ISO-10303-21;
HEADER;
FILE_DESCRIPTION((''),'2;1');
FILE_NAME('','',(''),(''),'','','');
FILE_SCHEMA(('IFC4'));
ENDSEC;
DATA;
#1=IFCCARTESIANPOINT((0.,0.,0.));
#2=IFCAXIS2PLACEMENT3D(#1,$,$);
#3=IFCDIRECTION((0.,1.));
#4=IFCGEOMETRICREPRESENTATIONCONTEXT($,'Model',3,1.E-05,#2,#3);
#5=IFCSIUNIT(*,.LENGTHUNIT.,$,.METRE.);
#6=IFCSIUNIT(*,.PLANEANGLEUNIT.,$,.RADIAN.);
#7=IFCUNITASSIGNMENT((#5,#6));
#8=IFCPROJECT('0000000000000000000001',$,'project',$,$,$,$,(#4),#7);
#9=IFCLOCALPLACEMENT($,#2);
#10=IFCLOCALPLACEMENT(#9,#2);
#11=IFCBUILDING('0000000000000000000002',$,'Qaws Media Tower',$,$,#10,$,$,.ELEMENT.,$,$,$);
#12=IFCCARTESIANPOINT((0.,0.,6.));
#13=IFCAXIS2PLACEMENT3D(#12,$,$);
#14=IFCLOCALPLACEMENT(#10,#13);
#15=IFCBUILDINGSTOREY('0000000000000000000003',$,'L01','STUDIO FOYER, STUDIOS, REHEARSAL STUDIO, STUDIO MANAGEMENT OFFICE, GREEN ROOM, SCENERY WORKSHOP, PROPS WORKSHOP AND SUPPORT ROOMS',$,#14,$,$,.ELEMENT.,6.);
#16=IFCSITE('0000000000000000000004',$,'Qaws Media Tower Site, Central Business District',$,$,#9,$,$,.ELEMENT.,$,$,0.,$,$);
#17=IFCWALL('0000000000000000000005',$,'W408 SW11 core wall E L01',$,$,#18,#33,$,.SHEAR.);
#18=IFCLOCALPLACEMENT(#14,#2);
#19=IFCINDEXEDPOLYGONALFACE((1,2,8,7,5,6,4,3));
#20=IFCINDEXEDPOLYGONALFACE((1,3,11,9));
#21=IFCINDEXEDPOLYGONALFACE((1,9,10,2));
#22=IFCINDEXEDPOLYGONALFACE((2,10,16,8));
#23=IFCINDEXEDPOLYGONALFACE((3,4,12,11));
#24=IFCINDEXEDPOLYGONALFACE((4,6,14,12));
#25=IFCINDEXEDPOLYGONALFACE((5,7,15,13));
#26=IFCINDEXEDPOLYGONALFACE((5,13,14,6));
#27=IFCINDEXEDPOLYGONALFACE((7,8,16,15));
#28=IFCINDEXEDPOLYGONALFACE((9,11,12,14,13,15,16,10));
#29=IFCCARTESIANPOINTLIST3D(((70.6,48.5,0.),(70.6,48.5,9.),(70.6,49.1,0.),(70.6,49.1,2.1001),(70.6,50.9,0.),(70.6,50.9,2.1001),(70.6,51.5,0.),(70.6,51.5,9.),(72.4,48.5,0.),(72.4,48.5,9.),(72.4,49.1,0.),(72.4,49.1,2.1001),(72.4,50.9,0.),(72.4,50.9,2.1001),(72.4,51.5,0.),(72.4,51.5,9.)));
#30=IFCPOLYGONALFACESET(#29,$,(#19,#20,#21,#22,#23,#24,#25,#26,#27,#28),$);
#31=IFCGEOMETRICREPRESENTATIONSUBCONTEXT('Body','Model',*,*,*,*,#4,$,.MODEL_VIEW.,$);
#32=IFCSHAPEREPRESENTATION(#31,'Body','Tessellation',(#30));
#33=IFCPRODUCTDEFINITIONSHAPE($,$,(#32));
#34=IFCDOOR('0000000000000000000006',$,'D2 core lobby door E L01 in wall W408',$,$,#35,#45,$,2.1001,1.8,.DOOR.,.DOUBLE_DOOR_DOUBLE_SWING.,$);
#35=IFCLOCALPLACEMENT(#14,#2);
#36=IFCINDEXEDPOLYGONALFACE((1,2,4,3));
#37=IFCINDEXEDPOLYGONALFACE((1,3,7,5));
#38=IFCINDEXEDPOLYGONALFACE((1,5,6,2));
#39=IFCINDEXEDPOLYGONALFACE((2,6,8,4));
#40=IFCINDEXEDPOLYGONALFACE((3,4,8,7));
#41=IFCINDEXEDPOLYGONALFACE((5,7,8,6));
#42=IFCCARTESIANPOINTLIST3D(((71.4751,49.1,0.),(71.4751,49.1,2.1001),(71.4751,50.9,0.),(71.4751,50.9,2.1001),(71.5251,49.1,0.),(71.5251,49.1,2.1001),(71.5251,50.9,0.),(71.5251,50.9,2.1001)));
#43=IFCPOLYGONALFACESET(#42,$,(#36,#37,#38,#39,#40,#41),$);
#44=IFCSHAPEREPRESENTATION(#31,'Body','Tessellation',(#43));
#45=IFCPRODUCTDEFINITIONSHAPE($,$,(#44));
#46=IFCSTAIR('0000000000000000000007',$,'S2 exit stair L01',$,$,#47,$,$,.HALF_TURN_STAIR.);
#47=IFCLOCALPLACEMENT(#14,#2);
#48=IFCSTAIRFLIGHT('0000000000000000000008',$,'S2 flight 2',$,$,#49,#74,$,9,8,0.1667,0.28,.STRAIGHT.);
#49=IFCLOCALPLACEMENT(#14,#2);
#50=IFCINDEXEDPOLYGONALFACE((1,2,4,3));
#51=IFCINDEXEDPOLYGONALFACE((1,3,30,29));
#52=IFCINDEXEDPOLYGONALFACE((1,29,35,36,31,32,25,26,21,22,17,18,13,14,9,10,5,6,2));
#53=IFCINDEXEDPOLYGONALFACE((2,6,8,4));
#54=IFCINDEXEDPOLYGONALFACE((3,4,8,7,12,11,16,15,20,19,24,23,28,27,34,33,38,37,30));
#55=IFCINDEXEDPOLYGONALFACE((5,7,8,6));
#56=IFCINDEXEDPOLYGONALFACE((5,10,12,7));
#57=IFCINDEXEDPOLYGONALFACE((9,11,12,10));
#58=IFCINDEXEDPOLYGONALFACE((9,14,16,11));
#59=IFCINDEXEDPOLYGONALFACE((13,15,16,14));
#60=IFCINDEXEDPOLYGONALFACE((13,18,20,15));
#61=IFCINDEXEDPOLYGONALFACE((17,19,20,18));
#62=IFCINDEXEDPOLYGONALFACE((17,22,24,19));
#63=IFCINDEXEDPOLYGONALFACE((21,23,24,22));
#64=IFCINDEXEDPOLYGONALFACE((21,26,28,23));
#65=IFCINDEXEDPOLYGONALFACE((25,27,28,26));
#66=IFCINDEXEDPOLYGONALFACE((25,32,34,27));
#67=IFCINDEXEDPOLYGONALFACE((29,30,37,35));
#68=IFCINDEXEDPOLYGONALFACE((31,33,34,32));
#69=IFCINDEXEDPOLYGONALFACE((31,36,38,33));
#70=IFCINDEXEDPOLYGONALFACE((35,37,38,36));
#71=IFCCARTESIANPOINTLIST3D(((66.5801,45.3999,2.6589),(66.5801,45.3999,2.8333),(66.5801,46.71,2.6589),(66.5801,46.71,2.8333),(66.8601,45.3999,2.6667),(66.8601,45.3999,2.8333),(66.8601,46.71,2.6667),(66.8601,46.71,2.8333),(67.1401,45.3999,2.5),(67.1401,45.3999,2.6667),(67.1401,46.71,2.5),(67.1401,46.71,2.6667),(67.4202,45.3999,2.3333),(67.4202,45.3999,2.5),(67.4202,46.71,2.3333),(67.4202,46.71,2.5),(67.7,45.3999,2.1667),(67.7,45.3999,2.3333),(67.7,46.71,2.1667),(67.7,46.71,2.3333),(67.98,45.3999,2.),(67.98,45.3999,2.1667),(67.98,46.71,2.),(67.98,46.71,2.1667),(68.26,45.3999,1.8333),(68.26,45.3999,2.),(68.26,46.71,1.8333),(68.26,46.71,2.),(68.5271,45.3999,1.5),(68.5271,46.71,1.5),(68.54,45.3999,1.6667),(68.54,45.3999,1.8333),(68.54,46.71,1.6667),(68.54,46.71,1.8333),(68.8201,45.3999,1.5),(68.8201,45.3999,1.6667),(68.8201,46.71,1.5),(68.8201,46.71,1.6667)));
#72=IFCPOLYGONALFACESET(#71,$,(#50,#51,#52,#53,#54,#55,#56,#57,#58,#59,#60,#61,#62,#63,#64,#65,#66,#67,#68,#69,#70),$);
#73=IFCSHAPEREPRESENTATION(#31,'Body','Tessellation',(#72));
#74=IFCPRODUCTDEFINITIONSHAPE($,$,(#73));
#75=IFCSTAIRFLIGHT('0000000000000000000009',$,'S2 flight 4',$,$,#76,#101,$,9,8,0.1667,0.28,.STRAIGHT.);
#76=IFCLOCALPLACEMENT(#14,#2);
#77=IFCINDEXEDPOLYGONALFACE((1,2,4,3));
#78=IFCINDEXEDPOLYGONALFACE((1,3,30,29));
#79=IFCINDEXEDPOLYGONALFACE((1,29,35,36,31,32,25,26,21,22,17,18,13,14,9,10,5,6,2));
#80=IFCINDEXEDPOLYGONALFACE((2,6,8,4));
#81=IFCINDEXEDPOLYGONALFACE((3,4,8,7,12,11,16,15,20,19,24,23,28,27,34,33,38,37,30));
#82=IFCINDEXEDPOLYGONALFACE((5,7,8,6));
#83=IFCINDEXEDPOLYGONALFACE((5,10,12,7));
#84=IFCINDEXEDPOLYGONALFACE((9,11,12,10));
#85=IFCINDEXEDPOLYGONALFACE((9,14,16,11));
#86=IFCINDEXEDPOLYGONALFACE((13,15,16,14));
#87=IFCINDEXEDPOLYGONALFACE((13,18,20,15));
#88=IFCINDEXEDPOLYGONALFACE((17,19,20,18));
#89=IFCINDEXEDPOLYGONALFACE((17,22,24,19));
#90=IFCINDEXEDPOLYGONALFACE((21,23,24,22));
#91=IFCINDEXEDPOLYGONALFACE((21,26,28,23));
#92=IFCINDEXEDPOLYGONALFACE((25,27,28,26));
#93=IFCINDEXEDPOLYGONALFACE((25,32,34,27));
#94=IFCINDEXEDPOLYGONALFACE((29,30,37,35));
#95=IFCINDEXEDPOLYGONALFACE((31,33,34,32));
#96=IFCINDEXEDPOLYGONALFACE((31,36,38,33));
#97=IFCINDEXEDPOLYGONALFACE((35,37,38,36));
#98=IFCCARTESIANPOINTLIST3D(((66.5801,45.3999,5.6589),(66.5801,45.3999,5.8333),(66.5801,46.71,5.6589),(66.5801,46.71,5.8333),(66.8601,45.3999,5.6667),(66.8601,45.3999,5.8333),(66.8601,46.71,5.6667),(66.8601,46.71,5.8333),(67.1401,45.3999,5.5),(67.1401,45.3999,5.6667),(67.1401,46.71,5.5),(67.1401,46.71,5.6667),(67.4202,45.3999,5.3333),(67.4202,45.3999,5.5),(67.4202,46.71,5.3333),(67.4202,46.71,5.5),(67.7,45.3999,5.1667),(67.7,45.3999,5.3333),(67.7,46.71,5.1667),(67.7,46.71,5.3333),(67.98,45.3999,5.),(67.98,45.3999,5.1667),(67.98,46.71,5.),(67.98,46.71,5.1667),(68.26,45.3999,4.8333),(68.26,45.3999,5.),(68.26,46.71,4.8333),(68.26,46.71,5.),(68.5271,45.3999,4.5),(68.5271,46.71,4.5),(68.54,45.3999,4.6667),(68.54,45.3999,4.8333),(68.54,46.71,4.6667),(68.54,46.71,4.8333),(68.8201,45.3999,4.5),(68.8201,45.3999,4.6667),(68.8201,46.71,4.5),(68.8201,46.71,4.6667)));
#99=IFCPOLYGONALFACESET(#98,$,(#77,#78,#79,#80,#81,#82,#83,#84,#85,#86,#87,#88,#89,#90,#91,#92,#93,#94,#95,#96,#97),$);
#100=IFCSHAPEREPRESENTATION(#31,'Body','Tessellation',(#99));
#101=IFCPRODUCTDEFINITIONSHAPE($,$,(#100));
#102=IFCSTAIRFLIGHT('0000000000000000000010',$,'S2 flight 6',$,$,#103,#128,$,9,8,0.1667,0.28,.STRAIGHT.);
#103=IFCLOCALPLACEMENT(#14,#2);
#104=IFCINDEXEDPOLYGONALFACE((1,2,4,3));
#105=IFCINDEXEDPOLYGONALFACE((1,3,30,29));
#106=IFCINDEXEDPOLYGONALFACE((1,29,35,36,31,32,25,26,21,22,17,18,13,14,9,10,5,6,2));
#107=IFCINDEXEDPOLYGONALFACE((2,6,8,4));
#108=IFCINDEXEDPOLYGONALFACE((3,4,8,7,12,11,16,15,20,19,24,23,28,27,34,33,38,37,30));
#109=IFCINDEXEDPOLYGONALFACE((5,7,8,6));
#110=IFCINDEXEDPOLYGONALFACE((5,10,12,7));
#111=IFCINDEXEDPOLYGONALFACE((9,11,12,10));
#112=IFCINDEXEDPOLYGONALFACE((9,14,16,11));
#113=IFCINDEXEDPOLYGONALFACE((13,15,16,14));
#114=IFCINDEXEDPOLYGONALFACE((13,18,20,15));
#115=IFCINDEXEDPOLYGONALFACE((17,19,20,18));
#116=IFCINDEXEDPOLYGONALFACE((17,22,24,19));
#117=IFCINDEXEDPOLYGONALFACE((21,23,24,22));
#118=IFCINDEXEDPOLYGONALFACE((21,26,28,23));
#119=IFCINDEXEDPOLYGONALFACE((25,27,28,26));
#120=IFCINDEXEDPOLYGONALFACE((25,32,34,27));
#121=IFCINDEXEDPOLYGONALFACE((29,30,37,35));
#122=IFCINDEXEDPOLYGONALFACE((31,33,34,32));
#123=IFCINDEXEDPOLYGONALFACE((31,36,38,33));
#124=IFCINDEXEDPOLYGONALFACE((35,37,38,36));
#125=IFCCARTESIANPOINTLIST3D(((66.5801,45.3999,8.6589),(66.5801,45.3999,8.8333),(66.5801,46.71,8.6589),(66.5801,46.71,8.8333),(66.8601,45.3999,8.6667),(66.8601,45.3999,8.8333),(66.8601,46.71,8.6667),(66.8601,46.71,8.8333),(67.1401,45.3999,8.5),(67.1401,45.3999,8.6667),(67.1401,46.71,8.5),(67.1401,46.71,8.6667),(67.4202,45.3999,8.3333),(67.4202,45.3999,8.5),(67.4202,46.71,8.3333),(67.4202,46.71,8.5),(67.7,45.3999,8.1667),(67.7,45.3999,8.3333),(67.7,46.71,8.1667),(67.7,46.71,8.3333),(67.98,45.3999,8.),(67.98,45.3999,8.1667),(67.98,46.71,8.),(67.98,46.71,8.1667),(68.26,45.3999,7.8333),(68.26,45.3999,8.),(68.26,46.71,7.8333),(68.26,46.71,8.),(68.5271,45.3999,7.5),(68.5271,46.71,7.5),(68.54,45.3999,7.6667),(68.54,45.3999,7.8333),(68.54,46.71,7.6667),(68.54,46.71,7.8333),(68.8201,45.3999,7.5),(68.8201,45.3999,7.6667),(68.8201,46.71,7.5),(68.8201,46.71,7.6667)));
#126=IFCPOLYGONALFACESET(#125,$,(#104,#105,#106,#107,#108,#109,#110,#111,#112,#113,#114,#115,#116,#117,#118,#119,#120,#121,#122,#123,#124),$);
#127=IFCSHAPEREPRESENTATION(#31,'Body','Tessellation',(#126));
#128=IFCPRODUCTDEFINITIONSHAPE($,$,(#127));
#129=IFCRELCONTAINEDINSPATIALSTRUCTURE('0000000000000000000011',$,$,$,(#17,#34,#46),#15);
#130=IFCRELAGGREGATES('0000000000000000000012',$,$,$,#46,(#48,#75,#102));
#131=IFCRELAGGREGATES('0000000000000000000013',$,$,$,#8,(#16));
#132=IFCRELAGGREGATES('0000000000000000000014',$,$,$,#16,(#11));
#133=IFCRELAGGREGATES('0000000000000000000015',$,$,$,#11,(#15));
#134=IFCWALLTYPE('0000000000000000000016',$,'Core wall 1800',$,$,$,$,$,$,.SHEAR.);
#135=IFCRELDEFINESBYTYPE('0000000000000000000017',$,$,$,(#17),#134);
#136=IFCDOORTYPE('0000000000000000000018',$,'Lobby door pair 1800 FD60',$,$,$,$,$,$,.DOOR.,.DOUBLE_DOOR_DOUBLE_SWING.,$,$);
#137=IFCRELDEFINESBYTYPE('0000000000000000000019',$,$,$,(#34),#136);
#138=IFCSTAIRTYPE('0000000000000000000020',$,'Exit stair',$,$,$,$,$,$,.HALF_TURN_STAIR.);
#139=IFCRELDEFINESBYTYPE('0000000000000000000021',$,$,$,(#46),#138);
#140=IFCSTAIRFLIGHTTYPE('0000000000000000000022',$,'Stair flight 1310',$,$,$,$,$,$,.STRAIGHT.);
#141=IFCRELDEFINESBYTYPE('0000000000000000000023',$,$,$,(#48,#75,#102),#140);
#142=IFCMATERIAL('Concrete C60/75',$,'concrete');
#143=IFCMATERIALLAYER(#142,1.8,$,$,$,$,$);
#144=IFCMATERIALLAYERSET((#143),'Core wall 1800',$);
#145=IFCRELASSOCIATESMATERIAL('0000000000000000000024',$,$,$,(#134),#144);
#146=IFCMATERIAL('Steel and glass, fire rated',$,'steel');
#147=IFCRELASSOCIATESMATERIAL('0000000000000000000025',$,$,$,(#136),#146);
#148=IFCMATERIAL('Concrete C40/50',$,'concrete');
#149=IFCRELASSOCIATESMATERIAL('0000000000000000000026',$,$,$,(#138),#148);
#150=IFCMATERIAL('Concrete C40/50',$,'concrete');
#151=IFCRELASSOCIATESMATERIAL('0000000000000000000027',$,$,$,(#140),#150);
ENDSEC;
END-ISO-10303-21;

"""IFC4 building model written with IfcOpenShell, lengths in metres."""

from ifc_helpers import new_model, si_unit, direction, frame, frame_2d, origin, place, context, subcontext, project, spatial, polyline, rectangle, outline, extrude, material, layer, layer_set, type_object, element, fill, aggregate, save


model = new_model("IFC4")

# Units and contexts
model_context = context("Model", 3, precision=1e-05, world=origin(), true_north=direction((0.0, 1.0)))
body_context = subcontext(model_context, "Body", "Model", "MODEL_VIEW")
ifc_project = project(units=[si_unit("LENGTHUNIT", "METRE"), si_unit("PLANEANGLEUNIT", "RADIAN")], contexts=[model_context])

# Site, building, storey
site_placement = place(None, origin())
site = spatial("IfcSite", under=ifc_project, at=site_placement, Name="Qaws Media Tower Site, Central Business District", CompositionType="ELEMENT", RefElevation=0.0)
building_placement = place(site_placement, origin())
building = spatial("IfcBuilding", under=site, at=building_placement, Name="Qaws Media Tower", CompositionType="ELEMENT")
storey_placement = place(building_placement, frame((0.0, 0.0, 6.0)))
storey = spatial("IfcBuildingStorey", under=building, at=storey_placement, Name="L01", Description="STUDIO FOYER, STUDIOS, REHEARSAL STUDIO, STUDIO MANAGEMENT OFFICE, GREEN ROOM, SCENERY WORKSHOP, PROPS WORKSHOP AND SUPPORT ROOMS", CompositionType="ELEMENT", Elevation=6.0)

# Shared definitions
ifc_material_1 = material(Name="Concrete C60/75", Category="concrete")
ifc_layer = layer(ifc_material_1, 1.8)
ifc_layer_set = layer_set([ifc_layer], Name="Core wall 1800")
wall_type = type_object("IfcWallType", Name="Core wall 1800", PredefinedType="SHEAR", material=ifc_layer_set)

# Wall, opening, door
wall_1_placement = place(storey_placement, frame((71.5, 48.5, 0.0), z_axis=(0.0, 0.0, 1.0), x_axis=(0.0, 1.0, 0.0)))
wall_1 = element("IfcWall", 1, at=wall_1_placement, inside=storey, type_object=wall_type, Name="W408 SW11 core wall E L01", PredefinedType="SHEAR", context=body_context, shape_type="SweptSolid", body=[
    extrude(rectangle(XDim=3.0, YDim=1.8, at=frame_2d((1.5, 0.0))), origin(), (0.0, 0.0, 1.0), 9.0),
])
opening_placement = place(wall_1_placement, frame((0.6001, 0.0, 0.0)))
opening = element("IfcOpeningElement", 2, at=opening_placement, cuts=wall_1, PredefinedType="OPENING", context=body_context, shape_type="SweptSolid", body=[
    extrude(rectangle(XDim=1.8, YDim=2.1001, at=frame_2d((0.8999, 1.05))), frame((0.0, 0.9099, 0.0), z_axis=(0.0, -1.0, 0.0), x_axis=(1.0, 0.0, 0.0)), (0.0, 0.0, 1.0), 1.8201),
])
ifc_material_2 = material(Name="Steel and glass, fire rated", Category="steel")
door_type = type_object("IfcDoorType", Name="Lobby door pair 1800 FD60", OperationType="DOUBLE_DOOR_DOUBLE_SWING", PredefinedType="DOOR", material=ifc_material_2)
door_placement = place(opening_placement, origin())
door = element("IfcDoor", 3, at=door_placement, inside=storey, type_object=door_type, Name="D2 core lobby door E L01 in wall W408", OperationType="DOUBLE_DOOR_DOUBLE_SWING", OverallHeight=2.1001, OverallWidth=1.8, PredefinedType="DOOR", context=body_context, shape_type="SweptSolid", body=[
    extrude(rectangle(XDim=1.8, YDim=2.1001, at=frame_2d((0.8999, 1.05))), frame((0.0, 0.0249, 0.0), z_axis=(0.0, -1.0, 0.0), x_axis=(1.0, 0.0, 0.0)), (0.0, 0.0, 1.0), 0.05),
])
fill(opening, door)

# Stair, stair flights
ifc_material_3 = material(Name="Concrete C40/50", Category="concrete")
stair_type = type_object("IfcStairType", Name="Exit stair", PredefinedType="HALF_TURN_STAIR", material=ifc_material_3)
stair_placement = place(storey_placement, origin())
stair = element("IfcStair", 4, at=stair_placement, inside=storey, type_object=stair_type, Name="S2 exit stair L01", PredefinedType="HALF_TURN_STAIR")
ifc_material_4 = material(Name="Concrete C40/50", Category="concrete")
stair_flight_type = type_object("IfcStairFlightType", Name="Stair flight 1310", PredefinedType="STRAIGHT", material=ifc_material_4)
stair_flight_1_placement = place(storey_placement, frame((68.8201, 46.0549, 1.5), z_axis=(0.0, 0.0, 1.0), x_axis=(-1.0, 0.0, 0.0)))
stair_flight_1 = element("IfcStairFlight", 5, at=stair_flight_1_placement, type_object=stair_flight_type, Name="S2 flight 2", NumberOfRisers=9, NumberOfTreads=8, PredefinedType="STRAIGHT", RiserHeight=0.1667, TreadLength=0.28, context=body_context, shape_type="SweptSolid", body=[
    extrude(outline(polyline([(0.0, 0.0), (0.0, 0.1667), (0.28, 0.1667), (0.28, 0.3333), (0.5601, 0.3333), (0.5601, 0.5), (0.8401, 0.5), (0.8401, 0.6667), (1.1201, 0.6667), (1.1201, 0.8333), (1.3999, 0.8333), (1.3999, 1.0), (1.6799, 1.0), (1.6799, 1.1667), (1.96, 1.1667), (1.96, 1.3333), (2.24, 1.3333), (2.24, 1.5), (2.24, 1.1589), (0.293, 0.0), (0.0, 0.0)])), frame((0.0, 0.655, 0.0), z_axis=(0.0, -1.0, 0.0), x_axis=(1.0, 0.0, 0.0)), (0.0, 0.0, 1.0), 1.3101),
])
stair_flight_2_placement = place(storey_placement, frame((68.8201, 46.0549, 4.5), z_axis=(0.0, 0.0, 1.0), x_axis=(-1.0, 0.0, 0.0)))
stair_flight_2 = element("IfcStairFlight", 6, at=stair_flight_2_placement, type_object=stair_flight_type, Name="S2 flight 4", NumberOfRisers=9, NumberOfTreads=8, PredefinedType="STRAIGHT", RiserHeight=0.1667, TreadLength=0.28, context=body_context, shape_type="SweptSolid", body=[
    extrude(outline(polyline([(0.0, 0.0), (0.0, 0.1667), (0.28, 0.1667), (0.28, 0.3333), (0.5601, 0.3333), (0.5601, 0.5), (0.8401, 0.5), (0.8401, 0.6667), (1.1201, 0.6667), (1.1201, 0.8333), (1.3999, 0.8333), (1.3999, 1.0), (1.6799, 1.0), (1.6799, 1.1667), (1.96, 1.1667), (1.96, 1.3333), (2.24, 1.3333), (2.24, 1.5), (2.24, 1.1589), (0.293, 0.0), (0.0, 0.0)])), frame((0.0, 0.655, 0.0), z_axis=(0.0, -1.0, 0.0), x_axis=(1.0, 0.0, 0.0)), (0.0, 0.0, 1.0), 1.3101),
])
stair_flight_3_placement = place(storey_placement, frame((68.8201, 46.0549, 7.5), z_axis=(0.0, 0.0, 1.0), x_axis=(-1.0, 0.0, 0.0)))
stair_flight_3 = element("IfcStairFlight", 7, at=stair_flight_3_placement, type_object=stair_flight_type, Name="S2 flight 6", NumberOfRisers=9, NumberOfTreads=8, PredefinedType="STRAIGHT", RiserHeight=0.1667, TreadLength=0.28, context=body_context, shape_type="SweptSolid", body=[
    extrude(outline(polyline([(0.0, 0.0), (0.0, 0.1667), (0.28, 0.1667), (0.28, 0.3333), (0.5601, 0.3333), (0.5601, 0.5), (0.8401, 0.5), (0.8401, 0.6667), (1.1201, 0.6667), (1.1201, 0.8333), (1.3999, 0.8333), (1.3999, 1.0), (1.6799, 1.0), (1.6799, 1.1667), (1.96, 1.1667), (1.96, 1.3333), (2.24, 1.3333), (2.24, 1.5), (2.24, 1.1589), (0.293, 0.0), (0.0, 0.0)])), frame((0.0, 0.655, 0.0), z_axis=(0.0, -1.0, 0.0), x_axis=(1.0, 0.0, 0.0)), (0.0, 0.0, 1.0), 1.3101),
])
aggregate(stair, [stair_flight_1, stair_flight_2, stair_flight_3])

save(model, "model.ifc")
